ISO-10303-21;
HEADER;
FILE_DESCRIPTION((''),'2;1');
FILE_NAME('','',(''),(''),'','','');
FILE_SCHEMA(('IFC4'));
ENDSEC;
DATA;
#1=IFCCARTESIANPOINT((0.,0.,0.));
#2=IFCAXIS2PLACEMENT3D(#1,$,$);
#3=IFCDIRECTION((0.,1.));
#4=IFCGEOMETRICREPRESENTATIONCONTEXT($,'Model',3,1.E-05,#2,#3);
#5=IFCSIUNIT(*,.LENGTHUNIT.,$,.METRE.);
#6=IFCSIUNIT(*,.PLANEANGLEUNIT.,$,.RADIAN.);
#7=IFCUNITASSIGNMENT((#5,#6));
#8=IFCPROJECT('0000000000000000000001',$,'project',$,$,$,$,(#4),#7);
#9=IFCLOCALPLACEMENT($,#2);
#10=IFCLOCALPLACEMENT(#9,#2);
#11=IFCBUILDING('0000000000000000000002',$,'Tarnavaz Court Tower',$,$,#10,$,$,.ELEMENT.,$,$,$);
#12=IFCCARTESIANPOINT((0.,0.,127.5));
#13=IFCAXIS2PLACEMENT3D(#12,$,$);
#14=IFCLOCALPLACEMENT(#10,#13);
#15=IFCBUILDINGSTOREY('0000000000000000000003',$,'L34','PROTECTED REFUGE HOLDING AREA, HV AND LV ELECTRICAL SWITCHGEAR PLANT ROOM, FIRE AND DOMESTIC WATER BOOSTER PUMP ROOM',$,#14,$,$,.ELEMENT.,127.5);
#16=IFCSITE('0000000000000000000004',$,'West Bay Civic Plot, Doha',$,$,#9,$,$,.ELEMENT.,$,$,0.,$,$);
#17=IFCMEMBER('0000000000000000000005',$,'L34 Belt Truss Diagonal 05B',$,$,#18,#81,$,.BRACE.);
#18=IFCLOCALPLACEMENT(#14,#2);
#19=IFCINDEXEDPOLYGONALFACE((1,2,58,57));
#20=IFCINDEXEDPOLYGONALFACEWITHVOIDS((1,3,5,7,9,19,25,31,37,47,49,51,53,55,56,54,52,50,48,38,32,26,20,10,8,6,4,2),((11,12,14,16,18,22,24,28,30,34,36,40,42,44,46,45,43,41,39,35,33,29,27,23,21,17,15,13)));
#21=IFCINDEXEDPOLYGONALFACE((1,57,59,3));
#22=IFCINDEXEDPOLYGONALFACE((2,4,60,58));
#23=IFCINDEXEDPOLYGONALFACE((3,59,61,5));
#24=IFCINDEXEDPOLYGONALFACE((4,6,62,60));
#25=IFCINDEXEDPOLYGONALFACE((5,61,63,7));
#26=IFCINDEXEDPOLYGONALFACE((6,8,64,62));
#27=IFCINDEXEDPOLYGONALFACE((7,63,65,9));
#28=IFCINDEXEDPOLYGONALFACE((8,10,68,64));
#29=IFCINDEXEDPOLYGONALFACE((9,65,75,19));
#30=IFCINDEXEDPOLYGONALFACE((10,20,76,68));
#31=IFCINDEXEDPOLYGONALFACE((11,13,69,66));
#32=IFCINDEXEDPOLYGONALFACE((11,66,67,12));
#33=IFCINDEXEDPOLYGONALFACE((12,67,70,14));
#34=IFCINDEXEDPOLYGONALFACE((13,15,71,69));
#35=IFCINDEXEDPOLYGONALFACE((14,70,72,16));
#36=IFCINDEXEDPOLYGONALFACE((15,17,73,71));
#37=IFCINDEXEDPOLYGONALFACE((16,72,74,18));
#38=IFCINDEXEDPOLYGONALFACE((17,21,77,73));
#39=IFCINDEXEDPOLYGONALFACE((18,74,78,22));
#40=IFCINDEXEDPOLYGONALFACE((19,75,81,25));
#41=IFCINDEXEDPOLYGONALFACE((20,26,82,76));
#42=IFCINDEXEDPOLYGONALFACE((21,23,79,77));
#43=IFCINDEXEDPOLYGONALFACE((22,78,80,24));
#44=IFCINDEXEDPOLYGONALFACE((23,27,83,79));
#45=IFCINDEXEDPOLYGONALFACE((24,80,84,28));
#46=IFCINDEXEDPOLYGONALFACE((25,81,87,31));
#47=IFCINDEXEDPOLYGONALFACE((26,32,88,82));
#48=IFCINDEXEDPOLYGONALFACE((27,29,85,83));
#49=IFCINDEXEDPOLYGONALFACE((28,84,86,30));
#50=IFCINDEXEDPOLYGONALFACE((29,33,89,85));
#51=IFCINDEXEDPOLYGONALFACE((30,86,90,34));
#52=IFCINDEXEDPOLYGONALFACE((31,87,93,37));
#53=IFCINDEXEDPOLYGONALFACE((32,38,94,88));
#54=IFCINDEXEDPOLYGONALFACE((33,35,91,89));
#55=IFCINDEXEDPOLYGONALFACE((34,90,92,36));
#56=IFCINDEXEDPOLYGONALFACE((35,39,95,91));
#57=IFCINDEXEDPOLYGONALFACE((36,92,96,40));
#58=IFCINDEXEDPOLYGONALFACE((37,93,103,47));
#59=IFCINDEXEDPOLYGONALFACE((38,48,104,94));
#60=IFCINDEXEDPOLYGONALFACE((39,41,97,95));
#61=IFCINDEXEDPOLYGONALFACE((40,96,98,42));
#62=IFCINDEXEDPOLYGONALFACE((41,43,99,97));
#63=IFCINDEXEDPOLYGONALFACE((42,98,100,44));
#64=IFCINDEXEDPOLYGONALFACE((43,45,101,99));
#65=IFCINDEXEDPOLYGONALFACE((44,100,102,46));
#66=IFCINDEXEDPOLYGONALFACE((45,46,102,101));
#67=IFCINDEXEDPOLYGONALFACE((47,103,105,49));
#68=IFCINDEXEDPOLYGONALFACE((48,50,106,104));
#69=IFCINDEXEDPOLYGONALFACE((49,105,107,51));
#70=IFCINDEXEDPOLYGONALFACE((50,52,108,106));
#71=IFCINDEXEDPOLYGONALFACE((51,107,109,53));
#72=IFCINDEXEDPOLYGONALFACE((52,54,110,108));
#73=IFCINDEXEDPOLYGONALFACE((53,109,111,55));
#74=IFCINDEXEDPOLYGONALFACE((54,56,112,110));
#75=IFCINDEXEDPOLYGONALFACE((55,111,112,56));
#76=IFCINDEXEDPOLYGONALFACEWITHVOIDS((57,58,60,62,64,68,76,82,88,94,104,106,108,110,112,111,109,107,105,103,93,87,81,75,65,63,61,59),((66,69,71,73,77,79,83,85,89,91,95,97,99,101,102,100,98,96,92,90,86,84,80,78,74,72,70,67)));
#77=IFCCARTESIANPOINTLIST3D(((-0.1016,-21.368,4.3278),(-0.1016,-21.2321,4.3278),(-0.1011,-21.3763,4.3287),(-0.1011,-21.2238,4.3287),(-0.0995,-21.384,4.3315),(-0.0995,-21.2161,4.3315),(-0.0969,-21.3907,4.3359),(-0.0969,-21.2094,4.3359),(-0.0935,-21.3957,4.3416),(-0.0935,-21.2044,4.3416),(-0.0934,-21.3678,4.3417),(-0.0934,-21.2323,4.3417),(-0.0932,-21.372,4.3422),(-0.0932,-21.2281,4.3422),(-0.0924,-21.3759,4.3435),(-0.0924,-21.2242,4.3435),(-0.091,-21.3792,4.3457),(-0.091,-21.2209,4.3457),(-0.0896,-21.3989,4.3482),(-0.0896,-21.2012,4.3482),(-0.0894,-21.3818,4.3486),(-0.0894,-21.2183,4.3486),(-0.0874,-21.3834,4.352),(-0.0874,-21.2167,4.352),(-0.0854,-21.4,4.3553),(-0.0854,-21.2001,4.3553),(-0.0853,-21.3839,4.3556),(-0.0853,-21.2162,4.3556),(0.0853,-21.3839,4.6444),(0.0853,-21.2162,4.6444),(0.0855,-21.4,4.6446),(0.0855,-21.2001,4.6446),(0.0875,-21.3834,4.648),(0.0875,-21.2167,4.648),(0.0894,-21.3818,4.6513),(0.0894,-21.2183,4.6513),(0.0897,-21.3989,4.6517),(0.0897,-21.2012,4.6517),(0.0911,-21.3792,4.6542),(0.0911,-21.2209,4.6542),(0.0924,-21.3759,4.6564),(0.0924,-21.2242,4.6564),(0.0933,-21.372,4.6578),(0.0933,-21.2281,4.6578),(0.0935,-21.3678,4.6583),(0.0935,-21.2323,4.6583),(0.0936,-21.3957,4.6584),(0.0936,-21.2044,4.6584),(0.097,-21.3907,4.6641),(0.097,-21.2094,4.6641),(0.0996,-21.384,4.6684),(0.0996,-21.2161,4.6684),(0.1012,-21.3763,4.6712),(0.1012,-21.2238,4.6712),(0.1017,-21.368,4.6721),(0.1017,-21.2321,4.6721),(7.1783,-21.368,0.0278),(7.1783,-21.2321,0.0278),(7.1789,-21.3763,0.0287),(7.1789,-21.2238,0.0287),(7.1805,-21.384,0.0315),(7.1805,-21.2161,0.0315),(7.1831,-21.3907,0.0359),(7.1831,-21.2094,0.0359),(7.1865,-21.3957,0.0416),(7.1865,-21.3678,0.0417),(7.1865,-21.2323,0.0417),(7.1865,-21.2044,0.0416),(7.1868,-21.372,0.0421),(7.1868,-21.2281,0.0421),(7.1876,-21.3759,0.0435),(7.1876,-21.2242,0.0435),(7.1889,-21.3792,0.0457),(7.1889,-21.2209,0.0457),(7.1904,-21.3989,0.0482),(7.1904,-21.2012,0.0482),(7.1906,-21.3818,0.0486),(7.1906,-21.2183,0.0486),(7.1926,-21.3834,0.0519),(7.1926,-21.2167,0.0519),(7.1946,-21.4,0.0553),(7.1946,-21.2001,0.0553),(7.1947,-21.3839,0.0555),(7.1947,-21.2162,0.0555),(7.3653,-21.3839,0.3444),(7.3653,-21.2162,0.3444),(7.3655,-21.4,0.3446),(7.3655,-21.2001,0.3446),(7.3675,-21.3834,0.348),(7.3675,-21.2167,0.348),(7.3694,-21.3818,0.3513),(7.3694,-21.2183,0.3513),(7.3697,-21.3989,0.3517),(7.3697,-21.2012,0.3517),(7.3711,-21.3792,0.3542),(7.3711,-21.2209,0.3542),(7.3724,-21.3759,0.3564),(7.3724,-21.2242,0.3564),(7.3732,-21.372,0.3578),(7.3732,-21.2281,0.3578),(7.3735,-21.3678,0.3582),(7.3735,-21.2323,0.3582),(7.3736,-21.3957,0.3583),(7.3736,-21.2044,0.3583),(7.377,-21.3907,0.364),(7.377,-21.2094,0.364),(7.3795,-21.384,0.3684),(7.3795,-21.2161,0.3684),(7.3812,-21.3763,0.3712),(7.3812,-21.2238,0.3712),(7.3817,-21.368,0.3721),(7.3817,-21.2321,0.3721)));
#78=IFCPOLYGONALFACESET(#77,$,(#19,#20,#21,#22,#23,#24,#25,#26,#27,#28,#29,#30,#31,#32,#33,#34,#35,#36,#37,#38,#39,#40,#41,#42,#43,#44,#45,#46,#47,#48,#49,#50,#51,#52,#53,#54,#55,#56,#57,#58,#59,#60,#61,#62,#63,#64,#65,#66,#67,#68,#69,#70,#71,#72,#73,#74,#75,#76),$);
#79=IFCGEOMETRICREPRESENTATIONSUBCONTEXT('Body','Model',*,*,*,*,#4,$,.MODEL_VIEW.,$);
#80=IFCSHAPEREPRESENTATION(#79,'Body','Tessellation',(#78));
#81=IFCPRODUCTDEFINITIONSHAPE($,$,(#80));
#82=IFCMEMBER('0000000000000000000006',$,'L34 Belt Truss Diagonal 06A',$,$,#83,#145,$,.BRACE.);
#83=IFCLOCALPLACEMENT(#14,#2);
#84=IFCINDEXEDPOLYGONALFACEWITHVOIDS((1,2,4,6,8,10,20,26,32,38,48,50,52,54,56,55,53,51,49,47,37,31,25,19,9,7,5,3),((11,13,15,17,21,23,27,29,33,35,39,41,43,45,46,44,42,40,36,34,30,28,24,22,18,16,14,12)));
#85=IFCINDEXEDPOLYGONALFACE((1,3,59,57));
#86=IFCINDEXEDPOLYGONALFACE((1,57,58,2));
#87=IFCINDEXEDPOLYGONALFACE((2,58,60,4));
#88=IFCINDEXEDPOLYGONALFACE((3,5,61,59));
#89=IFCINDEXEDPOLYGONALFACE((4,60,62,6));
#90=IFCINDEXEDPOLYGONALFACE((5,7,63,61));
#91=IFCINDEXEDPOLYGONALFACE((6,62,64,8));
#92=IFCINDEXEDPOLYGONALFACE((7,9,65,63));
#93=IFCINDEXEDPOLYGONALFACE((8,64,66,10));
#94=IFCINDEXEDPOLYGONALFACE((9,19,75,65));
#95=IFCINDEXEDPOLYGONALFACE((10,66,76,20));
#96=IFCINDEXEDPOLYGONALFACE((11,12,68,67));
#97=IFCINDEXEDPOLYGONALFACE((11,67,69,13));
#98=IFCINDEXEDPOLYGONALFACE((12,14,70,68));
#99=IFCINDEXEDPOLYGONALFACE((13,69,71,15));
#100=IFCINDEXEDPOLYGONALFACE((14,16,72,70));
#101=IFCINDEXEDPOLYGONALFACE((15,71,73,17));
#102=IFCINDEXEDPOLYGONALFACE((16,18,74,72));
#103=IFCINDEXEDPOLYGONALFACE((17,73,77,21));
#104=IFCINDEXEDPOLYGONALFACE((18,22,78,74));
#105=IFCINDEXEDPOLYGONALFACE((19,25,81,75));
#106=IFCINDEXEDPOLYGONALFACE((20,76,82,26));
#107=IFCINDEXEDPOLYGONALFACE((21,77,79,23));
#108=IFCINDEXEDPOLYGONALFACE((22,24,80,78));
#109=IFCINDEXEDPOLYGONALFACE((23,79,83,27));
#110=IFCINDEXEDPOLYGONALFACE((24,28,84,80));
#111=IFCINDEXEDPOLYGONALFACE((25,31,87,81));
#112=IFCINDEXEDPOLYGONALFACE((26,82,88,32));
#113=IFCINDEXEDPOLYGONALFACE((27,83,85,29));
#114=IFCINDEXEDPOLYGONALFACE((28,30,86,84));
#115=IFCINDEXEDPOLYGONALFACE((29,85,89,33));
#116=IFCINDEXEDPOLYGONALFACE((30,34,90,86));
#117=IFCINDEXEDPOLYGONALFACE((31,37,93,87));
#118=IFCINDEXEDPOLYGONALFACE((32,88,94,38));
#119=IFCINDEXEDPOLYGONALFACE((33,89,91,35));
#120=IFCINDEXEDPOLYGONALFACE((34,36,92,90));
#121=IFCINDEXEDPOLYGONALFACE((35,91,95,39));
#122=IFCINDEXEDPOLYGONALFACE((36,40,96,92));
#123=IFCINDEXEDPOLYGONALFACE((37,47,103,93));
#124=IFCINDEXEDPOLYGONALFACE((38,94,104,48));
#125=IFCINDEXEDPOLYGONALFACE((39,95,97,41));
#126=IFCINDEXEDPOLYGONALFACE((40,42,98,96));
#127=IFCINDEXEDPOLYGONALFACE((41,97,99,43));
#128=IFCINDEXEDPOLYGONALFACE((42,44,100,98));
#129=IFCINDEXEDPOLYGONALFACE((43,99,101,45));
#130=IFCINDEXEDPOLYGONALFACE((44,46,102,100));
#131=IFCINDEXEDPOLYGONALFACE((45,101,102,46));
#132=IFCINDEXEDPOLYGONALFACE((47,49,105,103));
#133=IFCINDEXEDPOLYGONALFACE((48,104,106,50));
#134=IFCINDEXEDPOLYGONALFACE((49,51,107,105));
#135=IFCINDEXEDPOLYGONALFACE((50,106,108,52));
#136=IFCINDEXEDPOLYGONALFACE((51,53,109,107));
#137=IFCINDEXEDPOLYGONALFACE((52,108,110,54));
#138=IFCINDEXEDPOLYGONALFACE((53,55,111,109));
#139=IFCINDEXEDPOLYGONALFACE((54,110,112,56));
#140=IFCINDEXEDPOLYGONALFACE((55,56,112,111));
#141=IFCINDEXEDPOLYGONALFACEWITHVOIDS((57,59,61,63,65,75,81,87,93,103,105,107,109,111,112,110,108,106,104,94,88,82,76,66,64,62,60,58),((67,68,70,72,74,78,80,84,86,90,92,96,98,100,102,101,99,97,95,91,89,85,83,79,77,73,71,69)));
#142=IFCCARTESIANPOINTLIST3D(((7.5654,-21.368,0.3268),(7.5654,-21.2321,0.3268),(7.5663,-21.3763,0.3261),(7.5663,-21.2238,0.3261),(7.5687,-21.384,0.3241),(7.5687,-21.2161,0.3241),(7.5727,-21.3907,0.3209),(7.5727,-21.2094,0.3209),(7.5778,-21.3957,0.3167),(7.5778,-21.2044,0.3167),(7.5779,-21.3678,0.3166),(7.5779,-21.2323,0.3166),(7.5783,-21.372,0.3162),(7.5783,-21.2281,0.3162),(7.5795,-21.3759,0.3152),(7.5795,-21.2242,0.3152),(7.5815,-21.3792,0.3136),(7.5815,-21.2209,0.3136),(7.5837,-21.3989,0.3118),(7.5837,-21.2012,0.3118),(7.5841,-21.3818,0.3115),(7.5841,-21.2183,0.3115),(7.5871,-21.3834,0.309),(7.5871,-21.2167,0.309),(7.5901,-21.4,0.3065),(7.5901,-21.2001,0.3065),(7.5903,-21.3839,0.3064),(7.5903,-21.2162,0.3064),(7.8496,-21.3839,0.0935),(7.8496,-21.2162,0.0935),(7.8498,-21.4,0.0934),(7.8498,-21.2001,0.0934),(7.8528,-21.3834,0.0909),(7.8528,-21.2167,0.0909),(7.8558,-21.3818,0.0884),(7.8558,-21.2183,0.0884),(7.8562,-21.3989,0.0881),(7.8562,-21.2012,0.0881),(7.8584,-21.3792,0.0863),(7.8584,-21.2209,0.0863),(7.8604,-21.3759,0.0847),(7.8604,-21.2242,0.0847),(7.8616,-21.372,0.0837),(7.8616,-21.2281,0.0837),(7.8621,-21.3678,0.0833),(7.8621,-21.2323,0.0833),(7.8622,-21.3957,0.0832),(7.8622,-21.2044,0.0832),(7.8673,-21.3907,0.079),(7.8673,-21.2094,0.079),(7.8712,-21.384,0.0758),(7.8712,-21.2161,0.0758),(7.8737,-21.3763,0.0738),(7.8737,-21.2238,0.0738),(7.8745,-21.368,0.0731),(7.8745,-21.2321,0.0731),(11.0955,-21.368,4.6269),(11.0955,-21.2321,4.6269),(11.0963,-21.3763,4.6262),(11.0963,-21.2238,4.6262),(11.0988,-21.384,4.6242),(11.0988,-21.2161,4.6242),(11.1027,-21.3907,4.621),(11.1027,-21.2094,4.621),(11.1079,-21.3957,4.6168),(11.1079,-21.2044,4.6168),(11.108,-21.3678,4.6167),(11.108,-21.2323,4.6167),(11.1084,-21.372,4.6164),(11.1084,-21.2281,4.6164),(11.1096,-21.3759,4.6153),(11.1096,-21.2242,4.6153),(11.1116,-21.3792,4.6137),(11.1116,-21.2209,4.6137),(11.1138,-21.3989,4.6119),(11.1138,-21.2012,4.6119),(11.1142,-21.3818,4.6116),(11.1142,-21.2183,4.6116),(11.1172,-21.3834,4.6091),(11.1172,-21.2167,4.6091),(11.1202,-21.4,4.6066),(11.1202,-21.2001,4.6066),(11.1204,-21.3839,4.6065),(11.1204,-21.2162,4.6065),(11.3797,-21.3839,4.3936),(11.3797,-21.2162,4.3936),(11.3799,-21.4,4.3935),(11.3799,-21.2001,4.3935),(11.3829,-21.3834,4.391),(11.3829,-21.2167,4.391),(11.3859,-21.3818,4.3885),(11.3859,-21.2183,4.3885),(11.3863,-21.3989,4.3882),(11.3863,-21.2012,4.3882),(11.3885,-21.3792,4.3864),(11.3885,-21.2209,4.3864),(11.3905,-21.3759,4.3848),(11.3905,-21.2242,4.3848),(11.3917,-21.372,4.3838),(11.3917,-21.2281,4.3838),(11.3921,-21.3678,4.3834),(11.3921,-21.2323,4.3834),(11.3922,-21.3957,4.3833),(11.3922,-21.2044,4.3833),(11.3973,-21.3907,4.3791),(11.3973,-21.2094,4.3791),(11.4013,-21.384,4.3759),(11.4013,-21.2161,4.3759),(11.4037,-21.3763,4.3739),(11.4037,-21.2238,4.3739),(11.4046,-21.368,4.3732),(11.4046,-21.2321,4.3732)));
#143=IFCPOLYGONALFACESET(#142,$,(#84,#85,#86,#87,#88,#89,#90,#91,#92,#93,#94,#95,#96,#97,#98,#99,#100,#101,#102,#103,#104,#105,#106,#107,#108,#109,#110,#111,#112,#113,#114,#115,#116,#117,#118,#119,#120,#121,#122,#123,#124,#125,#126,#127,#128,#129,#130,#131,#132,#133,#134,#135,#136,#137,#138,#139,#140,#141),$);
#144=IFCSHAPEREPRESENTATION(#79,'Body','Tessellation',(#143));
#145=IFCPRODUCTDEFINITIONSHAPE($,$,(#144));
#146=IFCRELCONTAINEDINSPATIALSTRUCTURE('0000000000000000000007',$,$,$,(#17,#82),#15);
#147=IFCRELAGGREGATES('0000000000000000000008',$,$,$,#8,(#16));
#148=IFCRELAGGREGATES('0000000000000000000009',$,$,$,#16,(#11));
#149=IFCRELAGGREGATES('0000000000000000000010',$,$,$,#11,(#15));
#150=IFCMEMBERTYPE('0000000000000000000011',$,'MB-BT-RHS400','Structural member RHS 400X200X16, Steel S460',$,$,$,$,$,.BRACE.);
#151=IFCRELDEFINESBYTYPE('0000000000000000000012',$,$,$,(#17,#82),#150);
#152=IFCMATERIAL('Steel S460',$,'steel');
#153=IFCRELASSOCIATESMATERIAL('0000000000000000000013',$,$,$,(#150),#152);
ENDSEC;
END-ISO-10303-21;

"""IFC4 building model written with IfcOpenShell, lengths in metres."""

from ifc_helpers import new_model, si_unit, direction, frame, origin, origin_2d, place, context, subcontext, project, spatial, hollow_rectangle, extrude, material, material_profile, profile_set, type_object, element, save


model = new_model("IFC4")

# Units and contexts
model_context = context("Model", 3, precision=1e-05, world=origin(), true_north=direction((0.0, 1.0)))
body_context = subcontext(model_context, "Body", "Model", "MODEL_VIEW")
ifc_project = project(units=[si_unit("LENGTHUNIT", "METRE"), si_unit("PLANEANGLEUNIT", "RADIAN")], contexts=[model_context])

# Site, building, storey
site_placement = place(None, origin())
site = spatial("IfcSite", under=ifc_project, at=site_placement, Name="West Bay Civic Plot, Doha", CompositionType="ELEMENT", RefElevation=0.0)
building_placement = place(site_placement, origin())
building = spatial("IfcBuilding", under=site, at=building_placement, Name="Tarnavaz Court Tower", CompositionType="ELEMENT")
storey_placement = place(building_placement, frame((0.0, 0.0, 127.5)))
storey = spatial("IfcBuildingStorey", under=building, at=storey_placement, Name="L34", Description="PROTECTED REFUGE HOLDING AREA, HV AND LV ELECTRICAL SWITCHGEAR PLANT ROOM, FIRE AND DOMESTIC WATER BOOSTER PUMP ROOM", CompositionType="ELEMENT", Elevation=127.5)

# Shared definitions
ifc_material_1 = material(Name="Steel S460", Category="steel")

# Members
ifc_material_profile_1 = material_profile(ifc_material_1, hollow_rectangle(XDim=0.2, YDim=0.3999, WallThickness=0.0161, InnerFilletRadius=0.0161, OuterFilletRadius=0.032, at=origin_2d()), Name="RHS 400X200X16")
ifc_profile_set_1 = profile_set([ifc_material_profile_1], Name="Steel S460")
member_type_1 = type_object("IfcMemberType", Name="MB-BT-RHS400", Description="Structural member RHS 400X200X16, Steel S460", PredefinedType="BRACE", material=ifc_profile_set_1)
member_1_placement = place(storey_placement, frame((7.28, -21.3, 0.2), z_axis=(-0.861019, 0.0, 0.508573), x_axis=(0.0, -1.0, 0.0)))
element("IfcMember", 1, at=member_1_placement, inside=storey, type_object=member_type_1, Name="L34 Belt Truss Diagonal 05B", PredefinedType="BRACE", context=body_context, shape_type="SweptSolid", body=[
    extrude(hollow_rectangle(XDim=0.2, YDim=0.3999, WallThickness=0.0161, InnerFilletRadius=0.0161, OuterFilletRadius=0.032, at=origin_2d()), origin(), (0.0, 0.0, 1.0), 8.4551),
])
member_2_placement = place(storey_placement, frame((7.72, -21.3, 0.2), z_axis=(0.634508, 0.0, 0.772916), x_axis=(0.0, 1.0, 0.0)))
element("IfcMember", 2, at=member_2_placement, inside=storey, type_object=member_type_1, Name="L34 Belt Truss Diagonal 06A", PredefinedType="BRACE", context=body_context, shape_type="SweptSolid", body=[
    extrude(hollow_rectangle(XDim=0.2, YDim=0.3999, WallThickness=0.0161, InnerFilletRadius=0.0161, OuterFilletRadius=0.032, at=origin_2d()), origin(), (0.0, 0.0, 1.0), 5.5635),
])

save(model, "model.ifc")
